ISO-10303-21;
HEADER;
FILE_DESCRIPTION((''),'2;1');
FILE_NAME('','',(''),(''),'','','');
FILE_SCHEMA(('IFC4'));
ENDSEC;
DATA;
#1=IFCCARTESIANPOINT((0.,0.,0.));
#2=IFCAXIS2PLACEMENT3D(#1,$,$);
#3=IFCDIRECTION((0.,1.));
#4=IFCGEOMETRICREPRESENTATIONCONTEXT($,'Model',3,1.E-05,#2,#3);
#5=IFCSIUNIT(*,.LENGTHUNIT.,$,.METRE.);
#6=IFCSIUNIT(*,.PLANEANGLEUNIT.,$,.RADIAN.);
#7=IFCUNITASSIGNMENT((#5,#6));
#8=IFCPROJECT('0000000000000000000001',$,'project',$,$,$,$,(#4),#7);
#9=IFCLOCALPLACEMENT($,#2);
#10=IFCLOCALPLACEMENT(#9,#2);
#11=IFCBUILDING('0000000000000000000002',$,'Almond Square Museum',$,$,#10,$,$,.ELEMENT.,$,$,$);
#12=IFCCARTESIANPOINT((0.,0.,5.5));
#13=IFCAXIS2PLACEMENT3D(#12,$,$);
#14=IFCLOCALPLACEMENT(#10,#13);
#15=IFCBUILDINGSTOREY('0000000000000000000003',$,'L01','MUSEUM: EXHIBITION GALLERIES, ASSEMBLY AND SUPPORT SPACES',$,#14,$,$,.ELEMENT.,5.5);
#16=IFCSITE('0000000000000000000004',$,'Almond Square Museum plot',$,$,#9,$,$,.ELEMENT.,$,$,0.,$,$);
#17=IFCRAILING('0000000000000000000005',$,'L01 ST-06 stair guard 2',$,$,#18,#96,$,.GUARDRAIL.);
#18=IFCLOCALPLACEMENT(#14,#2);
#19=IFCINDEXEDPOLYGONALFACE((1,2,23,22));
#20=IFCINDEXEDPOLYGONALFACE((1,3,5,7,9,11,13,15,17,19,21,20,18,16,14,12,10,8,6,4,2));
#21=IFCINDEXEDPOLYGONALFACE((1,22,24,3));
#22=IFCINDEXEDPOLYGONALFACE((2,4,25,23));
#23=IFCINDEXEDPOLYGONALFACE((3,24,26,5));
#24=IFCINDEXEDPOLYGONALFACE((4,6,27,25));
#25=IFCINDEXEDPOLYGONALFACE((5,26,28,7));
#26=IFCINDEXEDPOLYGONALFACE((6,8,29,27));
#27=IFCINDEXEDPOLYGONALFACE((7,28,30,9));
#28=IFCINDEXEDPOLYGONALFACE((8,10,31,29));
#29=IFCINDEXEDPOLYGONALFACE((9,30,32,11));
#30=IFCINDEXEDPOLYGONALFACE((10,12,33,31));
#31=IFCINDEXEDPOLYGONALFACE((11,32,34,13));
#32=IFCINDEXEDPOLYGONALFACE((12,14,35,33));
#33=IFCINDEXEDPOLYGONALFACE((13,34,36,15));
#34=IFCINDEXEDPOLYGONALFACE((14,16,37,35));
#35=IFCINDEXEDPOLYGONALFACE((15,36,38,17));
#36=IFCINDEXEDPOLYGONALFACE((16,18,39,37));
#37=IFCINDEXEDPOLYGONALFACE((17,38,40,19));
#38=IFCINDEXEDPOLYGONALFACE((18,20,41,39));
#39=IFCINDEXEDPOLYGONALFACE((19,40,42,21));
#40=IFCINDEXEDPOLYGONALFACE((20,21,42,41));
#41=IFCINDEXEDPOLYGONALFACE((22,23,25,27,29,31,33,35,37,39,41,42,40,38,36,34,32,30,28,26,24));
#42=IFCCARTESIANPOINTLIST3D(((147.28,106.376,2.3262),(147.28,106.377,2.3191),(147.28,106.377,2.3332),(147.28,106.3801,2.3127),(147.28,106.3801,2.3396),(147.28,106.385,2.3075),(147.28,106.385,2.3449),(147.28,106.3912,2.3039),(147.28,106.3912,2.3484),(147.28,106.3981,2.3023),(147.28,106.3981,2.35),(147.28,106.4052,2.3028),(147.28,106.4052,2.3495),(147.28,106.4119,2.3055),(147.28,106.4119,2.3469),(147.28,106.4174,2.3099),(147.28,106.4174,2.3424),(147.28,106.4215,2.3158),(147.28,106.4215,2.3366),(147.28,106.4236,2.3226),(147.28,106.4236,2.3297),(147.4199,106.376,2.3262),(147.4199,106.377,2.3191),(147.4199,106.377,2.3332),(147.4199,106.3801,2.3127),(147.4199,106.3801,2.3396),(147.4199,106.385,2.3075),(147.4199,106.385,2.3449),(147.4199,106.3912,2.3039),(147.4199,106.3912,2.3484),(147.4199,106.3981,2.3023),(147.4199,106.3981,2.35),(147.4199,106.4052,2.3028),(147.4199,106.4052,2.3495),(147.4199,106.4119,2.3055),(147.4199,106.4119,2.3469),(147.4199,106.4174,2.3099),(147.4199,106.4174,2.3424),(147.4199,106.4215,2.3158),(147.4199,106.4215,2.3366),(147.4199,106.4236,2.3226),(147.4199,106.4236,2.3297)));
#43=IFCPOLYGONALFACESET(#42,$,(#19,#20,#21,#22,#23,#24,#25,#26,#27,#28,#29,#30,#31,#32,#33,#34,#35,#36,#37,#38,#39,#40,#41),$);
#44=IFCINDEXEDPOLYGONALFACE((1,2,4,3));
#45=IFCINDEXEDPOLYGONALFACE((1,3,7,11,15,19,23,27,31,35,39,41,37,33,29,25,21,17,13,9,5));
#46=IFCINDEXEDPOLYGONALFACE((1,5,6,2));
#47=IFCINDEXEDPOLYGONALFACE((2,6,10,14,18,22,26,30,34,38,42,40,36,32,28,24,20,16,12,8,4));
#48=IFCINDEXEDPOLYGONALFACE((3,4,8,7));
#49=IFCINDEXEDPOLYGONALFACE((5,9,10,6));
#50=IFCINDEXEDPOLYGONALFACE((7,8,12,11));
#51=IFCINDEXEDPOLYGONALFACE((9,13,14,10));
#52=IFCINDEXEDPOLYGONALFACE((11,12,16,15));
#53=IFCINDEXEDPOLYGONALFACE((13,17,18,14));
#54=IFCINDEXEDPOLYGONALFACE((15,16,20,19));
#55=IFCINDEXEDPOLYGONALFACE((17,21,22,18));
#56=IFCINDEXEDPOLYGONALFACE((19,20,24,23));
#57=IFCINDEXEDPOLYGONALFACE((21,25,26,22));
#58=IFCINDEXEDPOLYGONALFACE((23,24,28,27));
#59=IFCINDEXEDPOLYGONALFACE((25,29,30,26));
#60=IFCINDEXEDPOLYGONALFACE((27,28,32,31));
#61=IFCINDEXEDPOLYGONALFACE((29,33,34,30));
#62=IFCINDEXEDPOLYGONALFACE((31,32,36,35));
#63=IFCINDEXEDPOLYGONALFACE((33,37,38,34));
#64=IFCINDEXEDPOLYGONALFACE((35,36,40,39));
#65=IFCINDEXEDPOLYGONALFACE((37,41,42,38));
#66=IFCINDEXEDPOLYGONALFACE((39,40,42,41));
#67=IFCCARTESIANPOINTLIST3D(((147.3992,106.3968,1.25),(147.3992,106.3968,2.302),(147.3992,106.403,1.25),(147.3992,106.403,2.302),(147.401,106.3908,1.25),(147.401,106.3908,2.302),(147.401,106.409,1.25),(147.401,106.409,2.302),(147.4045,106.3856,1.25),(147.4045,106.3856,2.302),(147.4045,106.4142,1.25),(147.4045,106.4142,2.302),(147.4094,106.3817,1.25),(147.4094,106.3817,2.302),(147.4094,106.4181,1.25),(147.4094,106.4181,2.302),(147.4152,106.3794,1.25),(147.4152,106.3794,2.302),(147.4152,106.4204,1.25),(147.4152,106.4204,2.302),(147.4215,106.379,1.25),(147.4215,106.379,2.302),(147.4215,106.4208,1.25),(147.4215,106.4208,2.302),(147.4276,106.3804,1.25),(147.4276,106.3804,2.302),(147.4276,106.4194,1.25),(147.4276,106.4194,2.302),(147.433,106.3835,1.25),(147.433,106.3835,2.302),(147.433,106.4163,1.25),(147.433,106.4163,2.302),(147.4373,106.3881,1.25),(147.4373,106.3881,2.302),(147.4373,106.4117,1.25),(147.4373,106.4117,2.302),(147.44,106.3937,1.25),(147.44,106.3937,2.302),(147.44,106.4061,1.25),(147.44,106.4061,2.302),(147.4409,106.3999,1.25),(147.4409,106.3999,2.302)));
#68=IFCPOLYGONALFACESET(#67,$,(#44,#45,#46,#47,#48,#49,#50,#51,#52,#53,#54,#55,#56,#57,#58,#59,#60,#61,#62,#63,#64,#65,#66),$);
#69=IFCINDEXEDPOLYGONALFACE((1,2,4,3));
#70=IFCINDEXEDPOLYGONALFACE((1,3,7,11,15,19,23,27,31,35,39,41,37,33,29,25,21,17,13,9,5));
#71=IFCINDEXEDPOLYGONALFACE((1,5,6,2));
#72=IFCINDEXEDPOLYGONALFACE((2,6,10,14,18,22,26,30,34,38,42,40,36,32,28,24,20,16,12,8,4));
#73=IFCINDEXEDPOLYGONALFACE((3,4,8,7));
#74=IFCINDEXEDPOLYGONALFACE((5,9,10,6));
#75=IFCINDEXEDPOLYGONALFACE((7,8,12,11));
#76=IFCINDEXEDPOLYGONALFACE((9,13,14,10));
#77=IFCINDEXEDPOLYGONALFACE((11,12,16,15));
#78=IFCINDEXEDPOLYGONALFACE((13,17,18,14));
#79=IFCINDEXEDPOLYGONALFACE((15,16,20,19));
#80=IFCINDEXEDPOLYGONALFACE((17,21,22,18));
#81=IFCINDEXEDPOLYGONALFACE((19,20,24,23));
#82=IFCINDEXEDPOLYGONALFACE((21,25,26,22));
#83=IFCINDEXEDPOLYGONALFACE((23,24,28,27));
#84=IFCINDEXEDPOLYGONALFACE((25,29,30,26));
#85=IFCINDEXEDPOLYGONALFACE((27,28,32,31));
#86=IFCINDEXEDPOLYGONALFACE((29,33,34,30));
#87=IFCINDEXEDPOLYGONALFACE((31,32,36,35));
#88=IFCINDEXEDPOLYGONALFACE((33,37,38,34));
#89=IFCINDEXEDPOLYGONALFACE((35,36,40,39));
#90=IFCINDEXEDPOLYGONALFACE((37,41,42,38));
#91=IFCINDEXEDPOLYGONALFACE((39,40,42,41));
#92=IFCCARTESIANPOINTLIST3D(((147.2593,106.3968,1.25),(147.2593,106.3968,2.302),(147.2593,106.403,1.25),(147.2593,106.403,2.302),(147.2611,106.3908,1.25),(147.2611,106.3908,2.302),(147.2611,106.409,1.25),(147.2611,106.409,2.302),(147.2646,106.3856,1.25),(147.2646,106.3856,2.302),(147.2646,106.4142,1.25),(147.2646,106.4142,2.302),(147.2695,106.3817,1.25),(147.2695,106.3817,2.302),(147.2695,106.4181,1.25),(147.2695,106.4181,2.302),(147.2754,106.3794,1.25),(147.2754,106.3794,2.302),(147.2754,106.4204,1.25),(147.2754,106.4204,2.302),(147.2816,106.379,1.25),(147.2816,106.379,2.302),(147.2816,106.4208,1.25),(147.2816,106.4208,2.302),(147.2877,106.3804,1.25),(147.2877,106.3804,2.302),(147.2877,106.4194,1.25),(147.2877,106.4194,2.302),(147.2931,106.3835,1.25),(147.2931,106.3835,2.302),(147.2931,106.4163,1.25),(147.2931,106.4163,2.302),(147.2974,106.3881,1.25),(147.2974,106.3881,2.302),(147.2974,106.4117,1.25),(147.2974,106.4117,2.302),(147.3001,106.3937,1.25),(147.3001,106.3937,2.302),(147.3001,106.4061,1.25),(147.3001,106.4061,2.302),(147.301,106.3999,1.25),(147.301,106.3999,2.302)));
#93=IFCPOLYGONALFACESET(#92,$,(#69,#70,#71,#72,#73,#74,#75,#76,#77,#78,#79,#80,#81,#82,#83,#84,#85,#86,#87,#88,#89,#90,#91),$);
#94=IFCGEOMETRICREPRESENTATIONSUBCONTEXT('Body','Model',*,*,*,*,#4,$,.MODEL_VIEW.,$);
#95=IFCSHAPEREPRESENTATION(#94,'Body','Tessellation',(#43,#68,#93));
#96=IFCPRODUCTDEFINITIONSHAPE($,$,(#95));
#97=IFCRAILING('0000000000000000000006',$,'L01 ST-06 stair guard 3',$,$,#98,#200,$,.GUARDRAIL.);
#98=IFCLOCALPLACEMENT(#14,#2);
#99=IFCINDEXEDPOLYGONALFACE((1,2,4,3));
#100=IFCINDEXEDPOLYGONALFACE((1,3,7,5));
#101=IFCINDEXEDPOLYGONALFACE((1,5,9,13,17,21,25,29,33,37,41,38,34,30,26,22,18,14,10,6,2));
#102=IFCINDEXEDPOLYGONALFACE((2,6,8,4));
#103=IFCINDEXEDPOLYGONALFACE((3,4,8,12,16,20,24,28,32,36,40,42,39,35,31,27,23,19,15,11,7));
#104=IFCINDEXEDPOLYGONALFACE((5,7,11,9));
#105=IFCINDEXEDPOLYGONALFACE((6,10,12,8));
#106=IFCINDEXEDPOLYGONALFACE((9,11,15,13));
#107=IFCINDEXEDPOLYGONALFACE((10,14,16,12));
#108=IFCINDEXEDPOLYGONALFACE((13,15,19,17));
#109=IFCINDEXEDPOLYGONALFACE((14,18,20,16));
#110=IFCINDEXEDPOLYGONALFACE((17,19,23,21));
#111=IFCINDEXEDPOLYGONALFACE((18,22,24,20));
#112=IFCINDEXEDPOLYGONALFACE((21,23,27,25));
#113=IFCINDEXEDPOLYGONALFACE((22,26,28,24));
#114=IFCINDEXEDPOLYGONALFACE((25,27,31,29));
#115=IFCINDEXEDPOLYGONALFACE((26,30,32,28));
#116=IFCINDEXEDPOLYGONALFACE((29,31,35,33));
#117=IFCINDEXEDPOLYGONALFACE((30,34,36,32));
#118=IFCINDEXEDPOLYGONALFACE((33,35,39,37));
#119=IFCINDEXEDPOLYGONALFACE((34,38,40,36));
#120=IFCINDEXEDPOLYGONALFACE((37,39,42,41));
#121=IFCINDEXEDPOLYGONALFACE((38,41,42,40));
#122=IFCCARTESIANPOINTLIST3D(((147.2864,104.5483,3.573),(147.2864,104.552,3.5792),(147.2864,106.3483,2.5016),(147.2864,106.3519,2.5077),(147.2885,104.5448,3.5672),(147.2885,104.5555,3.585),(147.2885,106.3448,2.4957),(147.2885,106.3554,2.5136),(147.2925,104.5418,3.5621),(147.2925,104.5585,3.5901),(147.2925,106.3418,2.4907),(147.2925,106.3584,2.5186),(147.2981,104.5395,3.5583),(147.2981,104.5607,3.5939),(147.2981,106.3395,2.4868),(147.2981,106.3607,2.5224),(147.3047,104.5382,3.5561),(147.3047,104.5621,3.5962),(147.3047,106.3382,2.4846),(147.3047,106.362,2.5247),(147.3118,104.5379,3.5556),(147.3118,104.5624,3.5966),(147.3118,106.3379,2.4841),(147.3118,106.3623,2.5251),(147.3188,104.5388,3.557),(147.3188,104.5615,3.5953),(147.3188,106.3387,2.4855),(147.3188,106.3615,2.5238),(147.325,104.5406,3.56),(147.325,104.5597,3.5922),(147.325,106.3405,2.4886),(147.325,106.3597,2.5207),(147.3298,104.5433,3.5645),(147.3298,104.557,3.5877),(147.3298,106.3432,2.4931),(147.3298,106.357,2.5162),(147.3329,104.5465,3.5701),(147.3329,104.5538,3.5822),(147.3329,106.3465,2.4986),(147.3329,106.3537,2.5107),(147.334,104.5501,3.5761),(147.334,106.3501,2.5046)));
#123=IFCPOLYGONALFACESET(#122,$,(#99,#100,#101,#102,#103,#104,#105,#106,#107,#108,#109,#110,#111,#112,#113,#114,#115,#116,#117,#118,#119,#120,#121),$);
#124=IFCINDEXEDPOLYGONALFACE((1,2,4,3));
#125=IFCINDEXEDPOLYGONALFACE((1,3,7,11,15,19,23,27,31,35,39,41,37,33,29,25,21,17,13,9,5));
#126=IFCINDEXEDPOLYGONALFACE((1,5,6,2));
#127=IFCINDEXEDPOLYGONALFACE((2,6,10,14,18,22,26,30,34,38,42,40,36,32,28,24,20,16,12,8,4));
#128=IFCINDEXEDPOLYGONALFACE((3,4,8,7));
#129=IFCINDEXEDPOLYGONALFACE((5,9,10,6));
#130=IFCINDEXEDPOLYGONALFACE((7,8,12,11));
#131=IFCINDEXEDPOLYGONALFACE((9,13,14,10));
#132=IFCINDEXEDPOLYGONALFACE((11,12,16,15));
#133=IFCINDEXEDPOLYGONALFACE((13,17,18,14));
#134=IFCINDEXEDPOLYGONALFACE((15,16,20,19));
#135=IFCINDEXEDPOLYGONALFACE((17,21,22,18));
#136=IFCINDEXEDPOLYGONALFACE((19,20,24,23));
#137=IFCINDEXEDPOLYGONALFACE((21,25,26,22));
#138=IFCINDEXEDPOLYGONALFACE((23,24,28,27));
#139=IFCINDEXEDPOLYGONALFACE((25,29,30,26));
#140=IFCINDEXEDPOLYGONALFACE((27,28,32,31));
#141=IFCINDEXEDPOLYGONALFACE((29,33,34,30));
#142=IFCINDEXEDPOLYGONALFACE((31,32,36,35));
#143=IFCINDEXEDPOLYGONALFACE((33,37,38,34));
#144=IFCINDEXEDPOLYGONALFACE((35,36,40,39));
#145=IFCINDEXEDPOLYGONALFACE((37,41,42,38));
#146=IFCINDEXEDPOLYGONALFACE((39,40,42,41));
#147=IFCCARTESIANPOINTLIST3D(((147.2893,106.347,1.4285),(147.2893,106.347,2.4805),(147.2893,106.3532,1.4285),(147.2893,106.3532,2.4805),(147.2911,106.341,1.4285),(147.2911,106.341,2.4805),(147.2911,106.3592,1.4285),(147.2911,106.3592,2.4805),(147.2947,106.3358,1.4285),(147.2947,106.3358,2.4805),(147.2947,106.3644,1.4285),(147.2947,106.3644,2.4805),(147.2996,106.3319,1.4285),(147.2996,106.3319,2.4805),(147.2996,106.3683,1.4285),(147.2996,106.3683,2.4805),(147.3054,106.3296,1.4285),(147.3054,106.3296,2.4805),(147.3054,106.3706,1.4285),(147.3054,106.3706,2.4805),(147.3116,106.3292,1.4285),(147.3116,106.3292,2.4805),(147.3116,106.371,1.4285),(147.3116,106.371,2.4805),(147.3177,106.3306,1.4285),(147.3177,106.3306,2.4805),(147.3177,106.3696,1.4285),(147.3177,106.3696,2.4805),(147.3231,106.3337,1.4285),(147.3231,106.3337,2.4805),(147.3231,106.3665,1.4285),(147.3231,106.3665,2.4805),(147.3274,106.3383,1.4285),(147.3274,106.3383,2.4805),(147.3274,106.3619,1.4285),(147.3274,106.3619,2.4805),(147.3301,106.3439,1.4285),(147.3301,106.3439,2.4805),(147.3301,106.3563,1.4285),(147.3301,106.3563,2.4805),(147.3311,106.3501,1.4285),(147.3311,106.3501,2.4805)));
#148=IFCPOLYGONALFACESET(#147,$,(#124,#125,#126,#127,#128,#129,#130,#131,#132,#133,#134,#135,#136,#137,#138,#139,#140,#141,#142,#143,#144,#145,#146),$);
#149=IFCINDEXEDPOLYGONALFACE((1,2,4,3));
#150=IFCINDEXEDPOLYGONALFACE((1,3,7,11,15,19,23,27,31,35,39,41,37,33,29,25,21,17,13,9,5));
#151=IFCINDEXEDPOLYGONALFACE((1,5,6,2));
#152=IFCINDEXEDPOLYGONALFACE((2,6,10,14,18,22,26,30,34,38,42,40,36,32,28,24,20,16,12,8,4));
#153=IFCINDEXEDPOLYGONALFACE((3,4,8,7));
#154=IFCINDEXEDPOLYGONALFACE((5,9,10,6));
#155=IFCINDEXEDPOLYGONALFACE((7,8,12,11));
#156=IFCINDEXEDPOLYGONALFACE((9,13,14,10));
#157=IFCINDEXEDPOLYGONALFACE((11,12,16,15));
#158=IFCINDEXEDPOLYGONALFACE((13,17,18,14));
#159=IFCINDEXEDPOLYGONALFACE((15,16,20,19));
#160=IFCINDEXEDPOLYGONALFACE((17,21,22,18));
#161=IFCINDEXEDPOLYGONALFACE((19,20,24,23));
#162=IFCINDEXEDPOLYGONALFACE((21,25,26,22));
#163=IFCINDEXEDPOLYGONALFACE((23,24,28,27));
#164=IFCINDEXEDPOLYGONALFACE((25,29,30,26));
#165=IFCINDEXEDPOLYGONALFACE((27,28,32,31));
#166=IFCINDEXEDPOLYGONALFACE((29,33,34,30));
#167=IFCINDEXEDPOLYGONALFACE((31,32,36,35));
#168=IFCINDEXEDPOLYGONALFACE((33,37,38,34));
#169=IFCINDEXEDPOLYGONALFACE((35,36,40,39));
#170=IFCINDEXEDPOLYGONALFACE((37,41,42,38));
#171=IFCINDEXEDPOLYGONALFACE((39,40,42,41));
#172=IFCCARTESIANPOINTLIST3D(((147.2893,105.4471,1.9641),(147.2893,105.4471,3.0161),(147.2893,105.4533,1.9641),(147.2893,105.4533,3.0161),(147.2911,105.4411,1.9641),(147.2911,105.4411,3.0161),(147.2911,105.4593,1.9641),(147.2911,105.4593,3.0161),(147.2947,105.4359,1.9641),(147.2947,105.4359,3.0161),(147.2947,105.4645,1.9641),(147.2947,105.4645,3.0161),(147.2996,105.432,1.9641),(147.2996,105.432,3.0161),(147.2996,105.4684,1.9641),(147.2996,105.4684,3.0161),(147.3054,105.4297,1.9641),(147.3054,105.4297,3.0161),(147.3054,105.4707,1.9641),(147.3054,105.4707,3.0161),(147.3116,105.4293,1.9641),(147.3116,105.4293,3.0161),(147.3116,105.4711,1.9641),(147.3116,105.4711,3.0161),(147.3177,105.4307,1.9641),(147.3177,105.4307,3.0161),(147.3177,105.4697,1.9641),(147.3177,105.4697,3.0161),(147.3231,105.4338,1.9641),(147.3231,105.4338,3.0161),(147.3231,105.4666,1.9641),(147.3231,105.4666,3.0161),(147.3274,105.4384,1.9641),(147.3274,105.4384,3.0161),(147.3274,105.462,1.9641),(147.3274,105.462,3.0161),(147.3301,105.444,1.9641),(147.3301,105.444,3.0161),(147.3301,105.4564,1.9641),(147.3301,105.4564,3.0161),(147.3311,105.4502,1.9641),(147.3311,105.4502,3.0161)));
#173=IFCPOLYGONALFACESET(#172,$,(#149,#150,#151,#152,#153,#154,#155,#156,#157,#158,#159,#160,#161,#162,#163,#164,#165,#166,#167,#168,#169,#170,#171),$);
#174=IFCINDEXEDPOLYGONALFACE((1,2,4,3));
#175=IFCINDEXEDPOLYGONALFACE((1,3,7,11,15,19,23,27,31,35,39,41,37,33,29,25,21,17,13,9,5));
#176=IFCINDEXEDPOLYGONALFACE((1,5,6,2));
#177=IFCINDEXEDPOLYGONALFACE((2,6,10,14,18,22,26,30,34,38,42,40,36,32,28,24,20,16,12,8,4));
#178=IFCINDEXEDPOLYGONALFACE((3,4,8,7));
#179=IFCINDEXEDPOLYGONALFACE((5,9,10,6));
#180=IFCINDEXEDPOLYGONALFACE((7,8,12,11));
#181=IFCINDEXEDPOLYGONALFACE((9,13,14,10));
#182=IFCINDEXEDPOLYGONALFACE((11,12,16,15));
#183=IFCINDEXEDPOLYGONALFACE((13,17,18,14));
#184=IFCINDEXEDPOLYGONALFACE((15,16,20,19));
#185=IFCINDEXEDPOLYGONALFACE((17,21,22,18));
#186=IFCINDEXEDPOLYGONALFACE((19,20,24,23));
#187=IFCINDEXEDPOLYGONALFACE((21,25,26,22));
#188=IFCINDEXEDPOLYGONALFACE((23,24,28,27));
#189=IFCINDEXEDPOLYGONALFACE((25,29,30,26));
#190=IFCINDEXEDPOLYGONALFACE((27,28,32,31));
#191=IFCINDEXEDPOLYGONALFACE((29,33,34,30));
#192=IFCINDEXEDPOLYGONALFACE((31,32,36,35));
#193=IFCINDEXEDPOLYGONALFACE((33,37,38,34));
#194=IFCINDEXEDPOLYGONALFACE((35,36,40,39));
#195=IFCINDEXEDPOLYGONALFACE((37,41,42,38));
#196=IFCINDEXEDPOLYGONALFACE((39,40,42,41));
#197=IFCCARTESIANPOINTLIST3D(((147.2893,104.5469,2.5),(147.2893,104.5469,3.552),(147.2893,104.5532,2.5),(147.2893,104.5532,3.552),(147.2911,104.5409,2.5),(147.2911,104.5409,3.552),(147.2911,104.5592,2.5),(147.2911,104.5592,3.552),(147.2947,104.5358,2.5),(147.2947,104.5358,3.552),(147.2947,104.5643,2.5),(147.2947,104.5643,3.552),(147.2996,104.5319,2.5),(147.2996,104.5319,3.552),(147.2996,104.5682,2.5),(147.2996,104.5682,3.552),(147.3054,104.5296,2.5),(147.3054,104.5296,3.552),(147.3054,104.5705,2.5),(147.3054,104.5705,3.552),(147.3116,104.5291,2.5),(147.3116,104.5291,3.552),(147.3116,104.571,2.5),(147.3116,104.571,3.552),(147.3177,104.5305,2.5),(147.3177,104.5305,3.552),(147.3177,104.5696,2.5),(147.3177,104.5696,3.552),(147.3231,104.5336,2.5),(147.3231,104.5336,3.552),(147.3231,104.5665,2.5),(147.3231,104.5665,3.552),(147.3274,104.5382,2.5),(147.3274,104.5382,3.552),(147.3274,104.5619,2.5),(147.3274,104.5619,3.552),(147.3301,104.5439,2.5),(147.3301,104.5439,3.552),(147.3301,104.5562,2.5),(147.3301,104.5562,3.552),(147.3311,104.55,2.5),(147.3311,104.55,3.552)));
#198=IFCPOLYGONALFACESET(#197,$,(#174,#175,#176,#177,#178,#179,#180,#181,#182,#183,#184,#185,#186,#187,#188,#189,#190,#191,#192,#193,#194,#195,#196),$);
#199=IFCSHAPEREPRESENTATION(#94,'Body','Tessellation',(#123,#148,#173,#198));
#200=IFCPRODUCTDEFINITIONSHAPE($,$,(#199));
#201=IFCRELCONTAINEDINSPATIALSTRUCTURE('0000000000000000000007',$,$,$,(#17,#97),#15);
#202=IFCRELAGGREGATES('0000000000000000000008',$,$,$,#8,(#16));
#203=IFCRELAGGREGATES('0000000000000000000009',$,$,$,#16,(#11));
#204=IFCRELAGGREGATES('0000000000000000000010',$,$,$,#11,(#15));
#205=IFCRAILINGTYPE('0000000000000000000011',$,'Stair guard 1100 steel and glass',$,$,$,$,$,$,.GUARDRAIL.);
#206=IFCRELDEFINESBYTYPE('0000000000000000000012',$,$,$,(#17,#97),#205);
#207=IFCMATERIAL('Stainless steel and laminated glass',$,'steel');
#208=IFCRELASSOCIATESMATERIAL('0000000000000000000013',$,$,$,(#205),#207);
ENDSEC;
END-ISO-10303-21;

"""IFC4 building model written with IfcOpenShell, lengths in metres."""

from ifc_helpers import new_model, si_unit, direction, frame, origin, origin_2d, place, context, subcontext, project, spatial, circle, extrude, material, type_object, element, save


model = new_model("IFC4")

# Units and contexts
model_context = context("Model", 3, precision=1e-05, world=origin(), true_north=direction((0.0, 1.0)))
body_context = subcontext(model_context, "Body", "Model", "MODEL_VIEW")
ifc_project = project(units=[si_unit("LENGTHUNIT", "METRE"), si_unit("PLANEANGLEUNIT", "RADIAN")], contexts=[model_context])

# Site, building, storey
site_placement = place(None, origin())
site = spatial("IfcSite", under=ifc_project, at=site_placement, Name="Almond Square Museum plot", CompositionType="ELEMENT", RefElevation=0.0)
building_placement = place(site_placement, origin())
building = spatial("IfcBuilding", under=site, at=building_placement, Name="Almond Square Museum", CompositionType="ELEMENT")
storey_placement = place(building_placement, frame((0.0, 0.0, 5.5)))
storey = spatial("IfcBuildingStorey", under=building, at=storey_placement, Name="L01", Description="MUSEUM: EXHIBITION GALLERIES, ASSEMBLY AND SUPPORT SPACES", CompositionType="ELEMENT", Elevation=5.5)

# Railings
ifc_material_1 = material(Name="Stainless steel and laminated glass", Category="steel")
railing_type_1 = type_object("IfcRailingType", Name="Stair guard 1100 steel and glass", PredefinedType="GUARDRAIL", material=ifc_material_1)
railing_1_placement = place(storey_placement, frame((147.4199, 106.3999, 1.25)))
element("IfcRailing", 1, at=railing_1_placement, inside=storey, type_object=railing_type_1, Name="L01 ST-06 stair guard 2", PredefinedType="GUARDRAIL", context=body_context, shape_type="SweptSolid", body=[
    extrude(circle(Radius=0.0239, at=origin_2d()), frame((0.0, 0.0, 1.0762), z_axis=(-1.0, 0.0, 0.0), x_axis=(0.0, -1.0, 0.0)), (0.0, 0.0, 1.0), 0.1399),
    extrude(circle(Radius=0.021, at=origin_2d()), origin(), (0.0, 0.0, 1.0), 1.052),
    extrude(circle(Radius=0.021, at=origin_2d()), frame((-0.1399, 0.0, 0.0)), (0.0, 0.0, 1.0), 1.052),
])
railing_2_placement = place(storey_placement, frame((147.3101, 106.3501, 1.4285)))
element("IfcRailing", 2, at=railing_2_placement, inside=storey, type_object=railing_type_1, Name="L01 ST-06 stair guard 3", PredefinedType="GUARDRAIL", context=body_context, shape_type="SweptSolid", body=[
    extrude(circle(Radius=0.0239, at=origin_2d()), frame((0.0, 0.0, 1.0762), z_axis=(0.0, -0.859277, 0.51151), x_axis=(1.0, 0.0, 0.0)), (0.0, 0.0, 1.0), 2.0947),
    extrude(circle(Radius=0.021, at=origin_2d()), origin(), (0.0, 0.0, 1.0), 1.052),
    extrude(circle(Radius=0.021, at=origin_2d()), frame((0.0, -0.8999, 0.5356)), (0.0, 0.0, 1.0), 1.052),
    extrude(circle(Radius=0.021, at=origin_2d()), frame((0.0, -1.8, 1.0715)), (0.0, 0.0, 1.0), 1.052),
])

save(model, "model.ifc")
